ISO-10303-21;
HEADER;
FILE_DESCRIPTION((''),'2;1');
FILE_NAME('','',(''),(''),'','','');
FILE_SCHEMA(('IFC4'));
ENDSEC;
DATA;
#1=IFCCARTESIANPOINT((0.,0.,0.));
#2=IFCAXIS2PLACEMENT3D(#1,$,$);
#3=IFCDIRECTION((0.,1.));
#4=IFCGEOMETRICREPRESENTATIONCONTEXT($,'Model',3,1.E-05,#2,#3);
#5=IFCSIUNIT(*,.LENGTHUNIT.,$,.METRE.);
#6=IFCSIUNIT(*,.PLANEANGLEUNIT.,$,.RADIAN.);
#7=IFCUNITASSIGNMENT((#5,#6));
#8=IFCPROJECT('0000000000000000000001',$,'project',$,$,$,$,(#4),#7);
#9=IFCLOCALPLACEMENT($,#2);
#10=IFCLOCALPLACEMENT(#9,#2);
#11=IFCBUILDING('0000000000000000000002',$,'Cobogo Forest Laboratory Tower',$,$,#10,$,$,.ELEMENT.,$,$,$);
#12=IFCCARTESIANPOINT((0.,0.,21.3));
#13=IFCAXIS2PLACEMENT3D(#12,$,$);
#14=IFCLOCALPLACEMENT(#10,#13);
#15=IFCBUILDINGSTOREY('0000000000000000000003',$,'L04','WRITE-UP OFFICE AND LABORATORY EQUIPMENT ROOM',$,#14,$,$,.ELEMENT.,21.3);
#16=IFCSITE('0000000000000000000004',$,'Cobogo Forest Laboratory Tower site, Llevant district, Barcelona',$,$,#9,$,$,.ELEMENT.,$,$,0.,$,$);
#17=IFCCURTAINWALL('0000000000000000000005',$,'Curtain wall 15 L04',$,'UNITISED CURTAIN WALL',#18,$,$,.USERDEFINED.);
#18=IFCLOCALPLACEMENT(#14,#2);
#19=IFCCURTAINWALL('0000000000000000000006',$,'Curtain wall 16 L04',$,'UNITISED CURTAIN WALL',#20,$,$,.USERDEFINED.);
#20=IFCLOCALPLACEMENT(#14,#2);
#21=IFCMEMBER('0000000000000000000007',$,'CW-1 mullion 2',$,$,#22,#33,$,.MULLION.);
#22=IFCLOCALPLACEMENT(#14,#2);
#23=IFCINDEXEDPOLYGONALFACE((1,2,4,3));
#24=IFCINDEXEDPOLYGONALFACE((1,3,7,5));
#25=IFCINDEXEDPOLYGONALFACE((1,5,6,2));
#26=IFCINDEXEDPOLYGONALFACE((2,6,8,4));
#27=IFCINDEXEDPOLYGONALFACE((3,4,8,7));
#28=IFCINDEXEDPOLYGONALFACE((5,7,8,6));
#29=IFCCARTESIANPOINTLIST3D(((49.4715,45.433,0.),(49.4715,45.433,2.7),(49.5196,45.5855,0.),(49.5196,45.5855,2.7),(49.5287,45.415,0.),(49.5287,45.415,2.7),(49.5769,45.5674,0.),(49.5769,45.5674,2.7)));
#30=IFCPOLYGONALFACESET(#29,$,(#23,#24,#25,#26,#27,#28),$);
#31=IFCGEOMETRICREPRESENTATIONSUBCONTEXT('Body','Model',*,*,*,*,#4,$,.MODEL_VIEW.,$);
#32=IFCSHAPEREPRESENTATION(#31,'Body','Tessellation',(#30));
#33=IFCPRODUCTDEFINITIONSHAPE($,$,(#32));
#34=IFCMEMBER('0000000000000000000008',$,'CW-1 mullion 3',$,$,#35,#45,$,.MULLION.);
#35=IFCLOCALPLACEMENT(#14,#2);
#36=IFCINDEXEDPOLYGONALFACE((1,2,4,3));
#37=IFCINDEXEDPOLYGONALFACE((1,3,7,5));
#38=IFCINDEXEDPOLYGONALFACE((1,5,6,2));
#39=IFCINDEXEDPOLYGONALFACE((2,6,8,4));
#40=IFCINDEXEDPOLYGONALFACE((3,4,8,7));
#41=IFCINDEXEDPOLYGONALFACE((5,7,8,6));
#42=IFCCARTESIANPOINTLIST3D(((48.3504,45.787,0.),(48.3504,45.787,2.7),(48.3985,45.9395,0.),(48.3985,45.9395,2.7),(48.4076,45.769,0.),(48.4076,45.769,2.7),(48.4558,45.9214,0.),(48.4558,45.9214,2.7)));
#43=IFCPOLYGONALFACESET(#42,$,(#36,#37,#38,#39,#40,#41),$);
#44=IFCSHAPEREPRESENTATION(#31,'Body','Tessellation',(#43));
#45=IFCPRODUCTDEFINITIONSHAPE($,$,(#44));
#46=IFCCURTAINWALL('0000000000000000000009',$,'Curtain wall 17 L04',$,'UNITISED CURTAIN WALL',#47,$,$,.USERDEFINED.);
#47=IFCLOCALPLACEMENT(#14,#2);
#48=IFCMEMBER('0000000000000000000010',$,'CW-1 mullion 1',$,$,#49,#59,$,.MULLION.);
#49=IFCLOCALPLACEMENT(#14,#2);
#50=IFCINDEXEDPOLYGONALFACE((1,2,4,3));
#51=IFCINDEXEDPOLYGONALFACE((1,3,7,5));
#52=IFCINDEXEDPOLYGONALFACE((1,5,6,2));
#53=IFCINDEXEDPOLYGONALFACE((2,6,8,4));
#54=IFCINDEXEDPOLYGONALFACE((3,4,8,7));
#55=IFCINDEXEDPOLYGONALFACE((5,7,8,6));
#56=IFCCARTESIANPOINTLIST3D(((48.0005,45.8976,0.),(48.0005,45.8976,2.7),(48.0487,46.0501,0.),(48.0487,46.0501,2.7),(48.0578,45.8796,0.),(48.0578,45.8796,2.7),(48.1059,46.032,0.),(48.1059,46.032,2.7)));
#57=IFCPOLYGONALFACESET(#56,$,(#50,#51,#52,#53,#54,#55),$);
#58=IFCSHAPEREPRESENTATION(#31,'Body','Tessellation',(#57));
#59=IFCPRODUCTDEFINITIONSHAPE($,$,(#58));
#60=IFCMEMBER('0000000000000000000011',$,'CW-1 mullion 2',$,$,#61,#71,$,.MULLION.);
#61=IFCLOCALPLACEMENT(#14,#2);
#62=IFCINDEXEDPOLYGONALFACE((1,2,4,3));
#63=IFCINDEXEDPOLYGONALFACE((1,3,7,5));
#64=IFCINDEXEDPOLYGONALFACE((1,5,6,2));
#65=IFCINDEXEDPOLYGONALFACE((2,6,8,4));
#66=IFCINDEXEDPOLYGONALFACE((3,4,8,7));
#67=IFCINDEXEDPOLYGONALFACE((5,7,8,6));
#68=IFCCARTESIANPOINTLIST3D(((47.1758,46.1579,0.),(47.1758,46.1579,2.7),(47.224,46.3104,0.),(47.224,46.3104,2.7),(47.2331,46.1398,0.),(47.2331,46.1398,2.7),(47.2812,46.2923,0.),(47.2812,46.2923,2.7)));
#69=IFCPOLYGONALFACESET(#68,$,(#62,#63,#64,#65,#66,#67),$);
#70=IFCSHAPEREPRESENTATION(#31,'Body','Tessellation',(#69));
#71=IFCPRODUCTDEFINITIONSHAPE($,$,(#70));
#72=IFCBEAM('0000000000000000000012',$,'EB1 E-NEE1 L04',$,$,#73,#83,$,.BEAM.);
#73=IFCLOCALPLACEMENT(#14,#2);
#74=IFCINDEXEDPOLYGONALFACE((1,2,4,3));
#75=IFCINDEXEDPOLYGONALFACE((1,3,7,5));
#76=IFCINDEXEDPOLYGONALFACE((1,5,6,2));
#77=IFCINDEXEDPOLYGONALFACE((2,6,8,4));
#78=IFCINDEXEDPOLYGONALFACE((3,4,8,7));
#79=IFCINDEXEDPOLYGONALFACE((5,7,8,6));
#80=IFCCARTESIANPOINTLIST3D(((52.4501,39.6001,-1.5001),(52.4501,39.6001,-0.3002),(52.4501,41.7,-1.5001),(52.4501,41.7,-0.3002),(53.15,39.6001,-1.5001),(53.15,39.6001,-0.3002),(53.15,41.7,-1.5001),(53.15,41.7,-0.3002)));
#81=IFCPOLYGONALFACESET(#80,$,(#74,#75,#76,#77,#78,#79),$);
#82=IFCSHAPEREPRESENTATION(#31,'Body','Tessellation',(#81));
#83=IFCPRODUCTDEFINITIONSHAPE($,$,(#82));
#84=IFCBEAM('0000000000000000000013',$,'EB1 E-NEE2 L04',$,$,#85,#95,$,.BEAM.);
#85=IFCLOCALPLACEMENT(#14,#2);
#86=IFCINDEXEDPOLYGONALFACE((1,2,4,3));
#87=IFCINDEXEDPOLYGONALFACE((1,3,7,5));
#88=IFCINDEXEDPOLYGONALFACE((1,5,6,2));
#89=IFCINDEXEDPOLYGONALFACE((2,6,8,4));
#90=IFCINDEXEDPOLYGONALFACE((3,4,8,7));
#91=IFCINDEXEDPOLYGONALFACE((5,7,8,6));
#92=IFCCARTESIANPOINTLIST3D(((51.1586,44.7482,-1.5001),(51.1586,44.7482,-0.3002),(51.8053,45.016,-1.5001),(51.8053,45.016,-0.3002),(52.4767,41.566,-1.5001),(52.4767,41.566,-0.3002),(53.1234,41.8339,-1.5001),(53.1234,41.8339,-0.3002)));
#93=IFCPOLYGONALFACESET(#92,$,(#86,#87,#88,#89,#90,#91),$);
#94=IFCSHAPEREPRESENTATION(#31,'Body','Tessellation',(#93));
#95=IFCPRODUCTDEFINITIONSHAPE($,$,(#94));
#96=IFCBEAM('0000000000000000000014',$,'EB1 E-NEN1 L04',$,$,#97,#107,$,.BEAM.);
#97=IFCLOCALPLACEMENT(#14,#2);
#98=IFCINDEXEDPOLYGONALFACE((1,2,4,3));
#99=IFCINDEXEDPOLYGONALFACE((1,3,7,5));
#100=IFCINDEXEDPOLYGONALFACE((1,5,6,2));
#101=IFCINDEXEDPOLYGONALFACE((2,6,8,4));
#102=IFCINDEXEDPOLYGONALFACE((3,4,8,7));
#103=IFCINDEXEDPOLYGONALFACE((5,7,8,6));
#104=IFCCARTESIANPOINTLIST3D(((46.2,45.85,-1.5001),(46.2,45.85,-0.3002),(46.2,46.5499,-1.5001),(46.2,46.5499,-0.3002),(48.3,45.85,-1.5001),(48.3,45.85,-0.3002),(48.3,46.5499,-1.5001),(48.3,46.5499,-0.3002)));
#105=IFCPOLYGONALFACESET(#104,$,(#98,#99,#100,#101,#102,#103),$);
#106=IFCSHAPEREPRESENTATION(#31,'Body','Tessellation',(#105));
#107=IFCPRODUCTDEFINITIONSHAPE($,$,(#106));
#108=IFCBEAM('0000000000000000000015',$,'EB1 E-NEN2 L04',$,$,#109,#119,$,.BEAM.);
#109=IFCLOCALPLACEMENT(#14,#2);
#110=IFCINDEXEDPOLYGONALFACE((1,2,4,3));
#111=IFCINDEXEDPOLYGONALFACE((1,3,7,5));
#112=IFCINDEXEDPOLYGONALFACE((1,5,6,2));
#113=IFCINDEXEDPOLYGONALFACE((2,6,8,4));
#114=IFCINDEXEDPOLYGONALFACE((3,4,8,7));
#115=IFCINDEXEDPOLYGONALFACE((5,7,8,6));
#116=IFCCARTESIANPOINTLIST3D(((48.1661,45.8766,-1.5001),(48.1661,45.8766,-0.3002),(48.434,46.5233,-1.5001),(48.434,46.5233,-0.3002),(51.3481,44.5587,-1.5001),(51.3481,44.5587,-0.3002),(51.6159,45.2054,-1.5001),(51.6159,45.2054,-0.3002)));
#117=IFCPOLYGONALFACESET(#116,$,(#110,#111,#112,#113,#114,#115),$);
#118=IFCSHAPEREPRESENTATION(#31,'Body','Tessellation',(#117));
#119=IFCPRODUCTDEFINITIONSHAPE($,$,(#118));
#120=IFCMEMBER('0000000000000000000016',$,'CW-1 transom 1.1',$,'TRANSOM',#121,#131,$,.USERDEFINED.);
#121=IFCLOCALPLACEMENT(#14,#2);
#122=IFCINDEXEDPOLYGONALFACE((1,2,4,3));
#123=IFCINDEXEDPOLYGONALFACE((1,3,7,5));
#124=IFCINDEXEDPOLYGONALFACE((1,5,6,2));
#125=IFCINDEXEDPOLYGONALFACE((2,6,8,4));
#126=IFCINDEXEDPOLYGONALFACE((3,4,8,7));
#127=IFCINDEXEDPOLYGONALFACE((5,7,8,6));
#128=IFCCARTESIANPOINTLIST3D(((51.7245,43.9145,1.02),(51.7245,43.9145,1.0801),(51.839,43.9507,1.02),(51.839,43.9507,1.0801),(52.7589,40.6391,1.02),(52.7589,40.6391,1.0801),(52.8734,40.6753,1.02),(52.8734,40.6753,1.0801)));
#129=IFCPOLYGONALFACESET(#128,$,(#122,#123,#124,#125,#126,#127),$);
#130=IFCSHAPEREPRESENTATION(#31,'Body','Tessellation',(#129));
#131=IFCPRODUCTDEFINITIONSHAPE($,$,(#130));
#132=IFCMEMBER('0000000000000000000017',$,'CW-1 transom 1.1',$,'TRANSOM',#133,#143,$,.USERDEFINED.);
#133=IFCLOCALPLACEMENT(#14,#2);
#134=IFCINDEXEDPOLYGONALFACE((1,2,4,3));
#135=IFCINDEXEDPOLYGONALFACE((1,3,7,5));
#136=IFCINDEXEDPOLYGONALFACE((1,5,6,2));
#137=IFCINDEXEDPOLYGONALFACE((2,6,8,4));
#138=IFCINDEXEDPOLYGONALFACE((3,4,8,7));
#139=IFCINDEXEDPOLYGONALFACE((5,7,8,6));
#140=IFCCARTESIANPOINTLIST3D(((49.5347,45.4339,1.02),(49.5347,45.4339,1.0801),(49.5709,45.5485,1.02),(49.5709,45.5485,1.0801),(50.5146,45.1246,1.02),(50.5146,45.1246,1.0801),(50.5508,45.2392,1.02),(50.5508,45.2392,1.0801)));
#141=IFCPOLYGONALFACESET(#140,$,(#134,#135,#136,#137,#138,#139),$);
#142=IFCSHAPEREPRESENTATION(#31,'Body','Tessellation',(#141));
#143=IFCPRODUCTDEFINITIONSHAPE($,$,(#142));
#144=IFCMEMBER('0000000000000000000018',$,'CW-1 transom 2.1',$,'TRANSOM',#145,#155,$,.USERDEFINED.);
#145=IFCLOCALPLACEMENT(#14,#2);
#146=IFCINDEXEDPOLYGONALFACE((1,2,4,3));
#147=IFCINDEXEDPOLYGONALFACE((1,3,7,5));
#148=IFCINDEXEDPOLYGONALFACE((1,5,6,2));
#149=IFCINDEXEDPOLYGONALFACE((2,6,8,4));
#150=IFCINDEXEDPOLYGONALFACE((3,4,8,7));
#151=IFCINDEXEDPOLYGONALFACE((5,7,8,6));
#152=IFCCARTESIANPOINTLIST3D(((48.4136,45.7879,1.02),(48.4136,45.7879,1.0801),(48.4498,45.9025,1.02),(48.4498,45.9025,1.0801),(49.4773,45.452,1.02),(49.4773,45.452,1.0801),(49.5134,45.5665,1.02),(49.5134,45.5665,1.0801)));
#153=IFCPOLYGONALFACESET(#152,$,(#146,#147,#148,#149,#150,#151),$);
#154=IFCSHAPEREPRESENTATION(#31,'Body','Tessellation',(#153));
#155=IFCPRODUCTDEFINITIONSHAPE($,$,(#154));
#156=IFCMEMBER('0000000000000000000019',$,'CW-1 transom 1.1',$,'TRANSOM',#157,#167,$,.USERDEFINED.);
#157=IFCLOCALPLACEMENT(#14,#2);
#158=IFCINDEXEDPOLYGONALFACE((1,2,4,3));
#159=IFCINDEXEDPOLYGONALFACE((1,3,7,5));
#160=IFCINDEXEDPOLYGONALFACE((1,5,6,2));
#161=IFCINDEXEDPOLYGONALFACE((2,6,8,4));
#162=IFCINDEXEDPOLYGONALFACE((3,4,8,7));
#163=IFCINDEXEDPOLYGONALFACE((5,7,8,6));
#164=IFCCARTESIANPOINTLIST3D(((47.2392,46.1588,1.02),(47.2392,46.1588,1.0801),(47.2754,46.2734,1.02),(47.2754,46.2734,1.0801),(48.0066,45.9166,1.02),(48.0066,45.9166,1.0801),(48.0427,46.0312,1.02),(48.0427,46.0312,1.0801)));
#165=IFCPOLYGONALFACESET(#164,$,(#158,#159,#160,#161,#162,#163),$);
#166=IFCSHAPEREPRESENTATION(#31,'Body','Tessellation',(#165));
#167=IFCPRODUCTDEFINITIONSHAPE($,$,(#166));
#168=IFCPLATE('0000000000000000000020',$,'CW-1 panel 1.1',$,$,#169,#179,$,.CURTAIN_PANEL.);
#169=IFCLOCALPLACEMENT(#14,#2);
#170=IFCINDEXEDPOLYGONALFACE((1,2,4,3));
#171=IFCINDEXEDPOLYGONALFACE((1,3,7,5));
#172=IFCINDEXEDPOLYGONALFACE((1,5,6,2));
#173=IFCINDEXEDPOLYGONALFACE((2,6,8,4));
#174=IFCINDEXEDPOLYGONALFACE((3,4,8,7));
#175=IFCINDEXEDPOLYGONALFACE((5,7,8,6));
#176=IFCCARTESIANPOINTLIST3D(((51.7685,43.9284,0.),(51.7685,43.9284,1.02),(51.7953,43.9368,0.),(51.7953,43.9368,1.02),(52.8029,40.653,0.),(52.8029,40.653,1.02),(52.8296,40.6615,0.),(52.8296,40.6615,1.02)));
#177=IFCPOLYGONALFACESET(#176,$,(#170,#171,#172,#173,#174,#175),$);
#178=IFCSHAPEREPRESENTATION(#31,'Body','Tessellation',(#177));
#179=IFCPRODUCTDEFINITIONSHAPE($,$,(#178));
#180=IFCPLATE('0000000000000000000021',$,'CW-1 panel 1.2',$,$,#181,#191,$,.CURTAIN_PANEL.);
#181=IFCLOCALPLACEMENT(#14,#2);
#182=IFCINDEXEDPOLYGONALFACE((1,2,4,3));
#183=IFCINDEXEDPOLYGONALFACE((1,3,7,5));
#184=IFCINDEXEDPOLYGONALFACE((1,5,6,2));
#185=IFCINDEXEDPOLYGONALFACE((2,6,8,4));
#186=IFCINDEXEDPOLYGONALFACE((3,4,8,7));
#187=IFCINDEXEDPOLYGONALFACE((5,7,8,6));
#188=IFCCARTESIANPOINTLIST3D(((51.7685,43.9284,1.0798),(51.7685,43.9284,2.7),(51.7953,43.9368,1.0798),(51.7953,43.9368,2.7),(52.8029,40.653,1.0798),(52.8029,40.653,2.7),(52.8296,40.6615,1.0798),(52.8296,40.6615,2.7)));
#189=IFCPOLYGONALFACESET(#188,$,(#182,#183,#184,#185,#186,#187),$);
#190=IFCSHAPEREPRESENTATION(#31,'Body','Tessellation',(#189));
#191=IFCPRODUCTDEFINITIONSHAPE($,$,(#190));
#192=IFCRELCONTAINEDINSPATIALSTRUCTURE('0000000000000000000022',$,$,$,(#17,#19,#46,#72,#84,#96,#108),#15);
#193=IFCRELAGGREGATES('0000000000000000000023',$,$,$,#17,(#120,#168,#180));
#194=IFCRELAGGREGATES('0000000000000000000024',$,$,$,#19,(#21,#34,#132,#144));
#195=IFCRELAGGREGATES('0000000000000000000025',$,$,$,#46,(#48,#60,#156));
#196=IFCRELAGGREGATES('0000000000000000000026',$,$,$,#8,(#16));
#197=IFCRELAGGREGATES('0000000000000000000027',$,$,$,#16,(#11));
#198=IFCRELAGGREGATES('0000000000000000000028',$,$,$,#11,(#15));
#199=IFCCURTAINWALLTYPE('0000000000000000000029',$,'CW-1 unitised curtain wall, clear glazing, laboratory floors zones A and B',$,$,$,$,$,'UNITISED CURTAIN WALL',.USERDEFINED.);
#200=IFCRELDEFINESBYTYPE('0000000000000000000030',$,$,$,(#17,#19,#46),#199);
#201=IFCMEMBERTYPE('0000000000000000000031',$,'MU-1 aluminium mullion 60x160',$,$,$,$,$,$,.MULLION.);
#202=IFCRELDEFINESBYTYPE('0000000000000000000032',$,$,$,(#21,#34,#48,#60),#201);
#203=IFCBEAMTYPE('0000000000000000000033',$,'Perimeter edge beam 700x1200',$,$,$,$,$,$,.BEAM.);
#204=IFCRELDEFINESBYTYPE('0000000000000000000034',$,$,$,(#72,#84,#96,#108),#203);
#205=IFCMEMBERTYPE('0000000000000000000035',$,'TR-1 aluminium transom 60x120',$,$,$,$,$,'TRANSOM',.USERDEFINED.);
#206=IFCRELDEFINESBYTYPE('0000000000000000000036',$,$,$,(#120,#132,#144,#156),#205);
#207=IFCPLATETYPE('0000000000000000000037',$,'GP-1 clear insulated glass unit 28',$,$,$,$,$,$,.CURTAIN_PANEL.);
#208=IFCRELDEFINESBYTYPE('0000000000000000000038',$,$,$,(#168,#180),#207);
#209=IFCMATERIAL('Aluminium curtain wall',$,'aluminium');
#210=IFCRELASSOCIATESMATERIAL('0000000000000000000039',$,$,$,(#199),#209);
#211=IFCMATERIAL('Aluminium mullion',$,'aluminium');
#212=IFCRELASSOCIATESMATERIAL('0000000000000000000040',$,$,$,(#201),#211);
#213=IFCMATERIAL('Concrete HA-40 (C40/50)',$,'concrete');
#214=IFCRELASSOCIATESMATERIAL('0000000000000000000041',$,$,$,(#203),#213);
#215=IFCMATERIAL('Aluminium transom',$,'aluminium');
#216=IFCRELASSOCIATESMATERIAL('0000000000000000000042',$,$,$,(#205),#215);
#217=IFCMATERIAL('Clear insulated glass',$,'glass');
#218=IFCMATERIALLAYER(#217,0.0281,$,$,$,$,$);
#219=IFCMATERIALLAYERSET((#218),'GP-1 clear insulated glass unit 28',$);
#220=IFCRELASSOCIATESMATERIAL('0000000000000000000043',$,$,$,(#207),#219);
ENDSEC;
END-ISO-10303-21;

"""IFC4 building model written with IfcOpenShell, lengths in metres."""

from ifc_helpers import new_model, si_unit, direction, frame, origin, origin_2d, place, context, subcontext, project, spatial, rectangle, extrude, material, layer, layer_set, material_profile, profile_set, type_object, element, aggregate, save


model = new_model("IFC4")

# Units and contexts
model_context = context("Model", 3, precision=1e-05, world=origin(), true_north=direction((0.0, 1.0)))
body_context = subcontext(model_context, "Body", "Model", "MODEL_VIEW")
ifc_project = project(units=[si_unit("LENGTHUNIT", "METRE"), si_unit("PLANEANGLEUNIT", "RADIAN")], contexts=[model_context])

# Site, building, storey
site_placement = place(None, origin())
site = spatial("IfcSite", under=ifc_project, at=site_placement, Name="Cobogo Forest Laboratory Tower site, Llevant district, Barcelona", CompositionType="ELEMENT", RefElevation=0.0)
building_placement = place(site_placement, origin())
building = spatial("IfcBuilding", under=site, at=building_placement, Name="Cobogo Forest Laboratory Tower", CompositionType="ELEMENT")
storey_placement = place(building_placement, frame((0.0, 0.0, 21.3)))
storey = spatial("IfcBuildingStorey", under=building, at=storey_placement, Name="L04", Description="WRITE-UP OFFICE AND LABORATORY EQUIPMENT ROOM", CompositionType="ELEMENT", Elevation=21.3)

# Shared definitions
ifc_material_1 = material(Name="Concrete HA-40 (C40/50)", Category="concrete")

# Curtain walls, members
ifc_material_2 = material(Name="Aluminium curtain wall", Category="aluminium")
curtain_wall_type = type_object("IfcCurtainWallType", Name="CW-1 unitised curtain wall, clear glazing, laboratory floors zones A and B", ElementType="UNITISED CURTAIN WALL", PredefinedType="USERDEFINED", material=ifc_material_2)
curtain_wall_1_placement = place(storey_placement, origin())
curtain_wall_1 = element("IfcCurtainWall", 1, at=curtain_wall_1_placement, inside=storey, type_object=curtain_wall_type, Name="Curtain wall 15 L04", ObjectType="UNITISED CURTAIN WALL", PredefinedType="USERDEFINED")
ifc_material_3 = material(Name="Aluminium mullion", Category="aluminium")
ifc_material_profile_1 = material_profile(ifc_material_3, rectangle(XDim=0.0601, YDim=0.1599, at=origin_2d()), Name="AL 60x160")
ifc_profile_set_1 = profile_set([ifc_material_profile_1], Name="Aluminium mullion")
member_type_1 = type_object("IfcMemberType", Name="MU-1 aluminium mullion 60x160", PredefinedType="MULLION", material=ifc_profile_set_1)
curtain_wall_2_placement = place(storey_placement, origin())
curtain_wall_2 = element("IfcCurtainWall", 2, at=curtain_wall_2_placement, inside=storey, type_object=curtain_wall_type, Name="Curtain wall 16 L04", ObjectType="UNITISED CURTAIN WALL", PredefinedType="USERDEFINED")
member_1_placement = place(storey_placement, frame((49.5242, 45.5002, 0.0), z_axis=(0.0, 0.0, 1.0), x_axis=(-0.953581, 0.301135, 0.0)))
member_1 = element("IfcMember", 3, at=member_1_placement, type_object=member_type_1, Name="CW-1 mullion 2", PredefinedType="MULLION", context=body_context, shape_type="SweptSolid", body=[
    extrude(rectangle(XDim=0.0601, YDim=0.1599, at=origin_2d()), origin(), (0.0, 0.0, 1.0), 2.7),
])
member_2_placement = place(storey_placement, frame((48.4031, 45.8542, 0.0), z_axis=(0.0, 0.0, 1.0), x_axis=(-0.953581, 0.301135, 0.0)))
member_2 = element("IfcMember", 4, at=member_2_placement, type_object=member_type_1, Name="CW-1 mullion 3", PredefinedType="MULLION", context=body_context, shape_type="SweptSolid", body=[
    extrude(rectangle(XDim=0.0601, YDim=0.1599, at=origin_2d()), origin(), (0.0, 0.0, 1.0), 2.7),
])
curtain_wall_3_placement = place(storey_placement, origin())
curtain_wall_3 = element("IfcCurtainWall", 5, at=curtain_wall_3_placement, inside=storey, type_object=curtain_wall_type, Name="Curtain wall 17 L04", ObjectType="UNITISED CURTAIN WALL", PredefinedType="USERDEFINED")
member_3_placement = place(storey_placement, frame((48.0532, 45.9648, 0.0), z_axis=(0.0, 0.0, 1.0), x_axis=(-0.953581, 0.301135, 0.0)))
member_3 = element("IfcMember", 6, at=member_3_placement, type_object=member_type_1, Name="CW-1 mullion 1", PredefinedType="MULLION", context=body_context, shape_type="SweptSolid", body=[
    extrude(rectangle(XDim=0.0601, YDim=0.1599, at=origin_2d()), origin(), (0.0, 0.0, 1.0), 2.7),
])
member_4_placement = place(storey_placement, frame((47.2285, 46.2251, 0.0), z_axis=(0.0, 0.0, 1.0), x_axis=(-0.953581, 0.301135, 0.0)))
member_4 = element("IfcMember", 7, at=member_4_placement, type_object=member_type_1, Name="CW-1 mullion 2", PredefinedType="MULLION", context=body_context, shape_type="SweptSolid", body=[
    extrude(rectangle(XDim=0.0601, YDim=0.1599, at=origin_2d()), origin(), (0.0, 0.0, 1.0), 2.7),
])

# Beams
ifc_material_profile_2 = material_profile(ifc_material_1, rectangle(XDim=0.7, YDim=1.2, at=origin_2d()), Name="RC 700x1200")
ifc_profile_set_2 = profile_set([ifc_material_profile_2], Name="Concrete HA-40 (C40/50)")
beam_type_1 = type_object("IfcBeamType", Name="Perimeter edge beam 700x1200", PredefinedType="BEAM", material=ifc_profile_set_2)
beam_1_placement = place(storey_placement, frame((52.8, 39.6001, -0.9001), z_axis=(0.0, 1.0, 0.0), x_axis=(-1.0, 0.0, 0.0)))
element("IfcBeam", 8, at=beam_1_placement, inside=storey, type_object=beam_type_1, Name="EB1 E-NEE1 L04", PredefinedType="BEAM", context=body_context, shape_type="SweptSolid", body=[
    extrude(rectangle(XDim=0.7, YDim=1.2, at=origin_2d()), origin(), (0.0, 0.0, 1.0), 2.0999),
])
beam_2_placement = place(storey_placement, frame((52.8, 41.7, -0.9001), z_axis=(-0.382692, 0.923876, 0.0), x_axis=(-0.923876, -0.382692, 0.0)))
element("IfcBeam", 9, at=beam_2_placement, inside=storey, type_object=beam_type_1, Name="EB1 E-NEE2 L04", PredefinedType="BEAM", context=body_context, shape_type="SweptSolid", body=[
    extrude(rectangle(XDim=0.7, YDim=1.2, at=origin_2d()), origin(), (0.0, 0.0, 1.0), 3.4443),
])
beam_3_placement = place(storey_placement, frame((46.2, 46.2, -0.9001), z_axis=(1.0, 0.0, 0.0), x_axis=(0.0, 1.0, 0.0)))
element("IfcBeam", 10, at=beam_3_placement, inside=storey, type_object=beam_type_1, Name="EB1 E-NEN1 L04", PredefinedType="BEAM", context=body_context, shape_type="SweptSolid", body=[
    extrude(rectangle(XDim=0.7, YDim=1.2, at=origin_2d()), origin(), (0.0, 0.0, 1.0), 2.1001),
])
beam_4_placement = place(storey_placement, frame((48.3, 46.2, -0.9001), z_axis=(0.923891, -0.382656, 0.0), x_axis=(0.382656, 0.923891, 0.0)))
element("IfcBeam", 11, at=beam_4_placement, inside=storey, type_object=beam_type_1, Name="EB1 E-NEN2 L04", PredefinedType="BEAM", context=body_context, shape_type="SweptSolid", body=[
    extrude(rectangle(XDim=0.7, YDim=1.2, at=origin_2d()), origin(), (0.0, 0.0, 1.0), 3.4441),
])

# Members
ifc_material_4 = material(Name="Aluminium transom", Category="aluminium")
ifc_material_profile_3 = material_profile(ifc_material_4, rectangle(XDim=0.1201, YDim=0.0601, at=origin_2d()), Name="AL 60x120")
ifc_profile_set_3 = profile_set([ifc_material_profile_3], Name="Aluminium transom")
member_type_2 = type_object("IfcMemberType", Name="TR-1 aluminium transom 60x120", ElementType="TRANSOM", PredefinedType="USERDEFINED", material=ifc_profile_set_3)
member_5_placement = place(storey_placement, frame((52.8162, 40.6572, 1.05), z_axis=(-0.301155, 0.953575, 0.0), x_axis=(-0.953575, -0.301155, 0.0)))
member_5 = element("IfcMember", 12, at=member_5_placement, type_object=member_type_2, Name="CW-1 transom 1.1", ObjectType="TRANSOM", PredefinedType="USERDEFINED", context=body_context, shape_type="SweptSolid", body=[
    extrude(rectangle(XDim=0.1201, YDim=0.0601, at=origin_2d()), origin(), (0.0, 0.0, 1.0), 3.4348),
])
member_6_placement = place(storey_placement, frame((50.5327, 45.1819, 1.05), z_axis=(-0.953622, 0.301006, 0.0), x_axis=(-0.301006, -0.953622, 0.0)))
member_6 = element("IfcMember", 13, at=member_6_placement, type_object=member_type_2, Name="CW-1 transom 1.1", ObjectType="TRANSOM", PredefinedType="USERDEFINED", context=body_context, shape_type="SweptSolid", body=[
    extrude(rectangle(XDim=0.1201, YDim=0.0601, at=origin_2d()), origin(), (0.0, 0.0, 1.0), 1.0276),
])
member_7_placement = place(storey_placement, frame((49.4954, 45.5093, 1.05), z_axis=(-0.953576, 0.301152, 0.0), x_axis=(-0.301152, -0.953576, 0.0)))
member_7 = element("IfcMember", 14, at=member_7_placement, type_object=member_type_2, Name="CW-1 transom 2.1", ObjectType="TRANSOM", PredefinedType="USERDEFINED", context=body_context, shape_type="SweptSolid", body=[
    extrude(rectangle(XDim=0.1201, YDim=0.0601, at=origin_2d()), origin(), (0.0, 0.0, 1.0), 1.1155),
])
member_8_placement = place(storey_placement, frame((48.0247, 45.9739, 1.05), z_axis=(-0.953629, 0.300986, 0.0), x_axis=(-0.300986, -0.953629, 0.0)))
member_8 = element("IfcMember", 15, at=member_8_placement, type_object=member_type_2, Name="CW-1 transom 1.1", ObjectType="TRANSOM", PredefinedType="USERDEFINED", context=body_context, shape_type="SweptSolid", body=[
    extrude(rectangle(XDim=0.1201, YDim=0.0601, at=origin_2d()), origin(), (0.0, 0.0, 1.0), 0.8047),
])

# Plates
ifc_material_5 = material(Name="Clear insulated glass", Category="glass")
ifc_layer_1 = layer(ifc_material_5, 0.0281)
ifc_layer_set_1 = layer_set([ifc_layer_1], Name="GP-1 clear insulated glass unit 28")
plate_type = type_object("IfcPlateType", Name="GP-1 clear insulated glass unit 28", PredefinedType="CURTAIN_PANEL", material=ifc_layer_set_1)
plate_1_placement = place(storey_placement, frame((52.2991, 42.2949, 0.0), z_axis=(0.0, 0.0, 1.0), x_axis=(-0.301135, 0.953581, 0.0)))
plate_1 = element("IfcPlate", 16, at=plate_1_placement, type_object=plate_type, Name="CW-1 panel 1.1", PredefinedType="CURTAIN_PANEL", context=body_context, shape_type="SweptSolid", body=[
    extrude(rectangle(XDim=3.4348, YDim=0.0281, at=origin_2d()), origin(), (0.0, 0.0, 1.0), 1.02),
])
plate_2_placement = place(storey_placement, frame((52.2991, 42.2949, 1.0798), z_axis=(0.0, 0.0, 1.0), x_axis=(-0.301135, 0.953581, 0.0)))
plate_2 = element("IfcPlate", 17, at=plate_2_placement, type_object=plate_type, Name="CW-1 panel 1.2", PredefinedType="CURTAIN_PANEL", context=body_context, shape_type="SweptSolid", body=[
    extrude(rectangle(XDim=3.4348, YDim=0.0281, at=origin_2d()), origin(), (0.0, 0.0, 1.0), 1.6201),
])
aggregate(curtain_wall_1, [member_5, plate_1, plate_2])
aggregate(curtain_wall_2, [member_1, member_2, member_6, member_7])
aggregate(curtain_wall_3, [member_3, member_4, member_8])

save(model, "model.ifc")
